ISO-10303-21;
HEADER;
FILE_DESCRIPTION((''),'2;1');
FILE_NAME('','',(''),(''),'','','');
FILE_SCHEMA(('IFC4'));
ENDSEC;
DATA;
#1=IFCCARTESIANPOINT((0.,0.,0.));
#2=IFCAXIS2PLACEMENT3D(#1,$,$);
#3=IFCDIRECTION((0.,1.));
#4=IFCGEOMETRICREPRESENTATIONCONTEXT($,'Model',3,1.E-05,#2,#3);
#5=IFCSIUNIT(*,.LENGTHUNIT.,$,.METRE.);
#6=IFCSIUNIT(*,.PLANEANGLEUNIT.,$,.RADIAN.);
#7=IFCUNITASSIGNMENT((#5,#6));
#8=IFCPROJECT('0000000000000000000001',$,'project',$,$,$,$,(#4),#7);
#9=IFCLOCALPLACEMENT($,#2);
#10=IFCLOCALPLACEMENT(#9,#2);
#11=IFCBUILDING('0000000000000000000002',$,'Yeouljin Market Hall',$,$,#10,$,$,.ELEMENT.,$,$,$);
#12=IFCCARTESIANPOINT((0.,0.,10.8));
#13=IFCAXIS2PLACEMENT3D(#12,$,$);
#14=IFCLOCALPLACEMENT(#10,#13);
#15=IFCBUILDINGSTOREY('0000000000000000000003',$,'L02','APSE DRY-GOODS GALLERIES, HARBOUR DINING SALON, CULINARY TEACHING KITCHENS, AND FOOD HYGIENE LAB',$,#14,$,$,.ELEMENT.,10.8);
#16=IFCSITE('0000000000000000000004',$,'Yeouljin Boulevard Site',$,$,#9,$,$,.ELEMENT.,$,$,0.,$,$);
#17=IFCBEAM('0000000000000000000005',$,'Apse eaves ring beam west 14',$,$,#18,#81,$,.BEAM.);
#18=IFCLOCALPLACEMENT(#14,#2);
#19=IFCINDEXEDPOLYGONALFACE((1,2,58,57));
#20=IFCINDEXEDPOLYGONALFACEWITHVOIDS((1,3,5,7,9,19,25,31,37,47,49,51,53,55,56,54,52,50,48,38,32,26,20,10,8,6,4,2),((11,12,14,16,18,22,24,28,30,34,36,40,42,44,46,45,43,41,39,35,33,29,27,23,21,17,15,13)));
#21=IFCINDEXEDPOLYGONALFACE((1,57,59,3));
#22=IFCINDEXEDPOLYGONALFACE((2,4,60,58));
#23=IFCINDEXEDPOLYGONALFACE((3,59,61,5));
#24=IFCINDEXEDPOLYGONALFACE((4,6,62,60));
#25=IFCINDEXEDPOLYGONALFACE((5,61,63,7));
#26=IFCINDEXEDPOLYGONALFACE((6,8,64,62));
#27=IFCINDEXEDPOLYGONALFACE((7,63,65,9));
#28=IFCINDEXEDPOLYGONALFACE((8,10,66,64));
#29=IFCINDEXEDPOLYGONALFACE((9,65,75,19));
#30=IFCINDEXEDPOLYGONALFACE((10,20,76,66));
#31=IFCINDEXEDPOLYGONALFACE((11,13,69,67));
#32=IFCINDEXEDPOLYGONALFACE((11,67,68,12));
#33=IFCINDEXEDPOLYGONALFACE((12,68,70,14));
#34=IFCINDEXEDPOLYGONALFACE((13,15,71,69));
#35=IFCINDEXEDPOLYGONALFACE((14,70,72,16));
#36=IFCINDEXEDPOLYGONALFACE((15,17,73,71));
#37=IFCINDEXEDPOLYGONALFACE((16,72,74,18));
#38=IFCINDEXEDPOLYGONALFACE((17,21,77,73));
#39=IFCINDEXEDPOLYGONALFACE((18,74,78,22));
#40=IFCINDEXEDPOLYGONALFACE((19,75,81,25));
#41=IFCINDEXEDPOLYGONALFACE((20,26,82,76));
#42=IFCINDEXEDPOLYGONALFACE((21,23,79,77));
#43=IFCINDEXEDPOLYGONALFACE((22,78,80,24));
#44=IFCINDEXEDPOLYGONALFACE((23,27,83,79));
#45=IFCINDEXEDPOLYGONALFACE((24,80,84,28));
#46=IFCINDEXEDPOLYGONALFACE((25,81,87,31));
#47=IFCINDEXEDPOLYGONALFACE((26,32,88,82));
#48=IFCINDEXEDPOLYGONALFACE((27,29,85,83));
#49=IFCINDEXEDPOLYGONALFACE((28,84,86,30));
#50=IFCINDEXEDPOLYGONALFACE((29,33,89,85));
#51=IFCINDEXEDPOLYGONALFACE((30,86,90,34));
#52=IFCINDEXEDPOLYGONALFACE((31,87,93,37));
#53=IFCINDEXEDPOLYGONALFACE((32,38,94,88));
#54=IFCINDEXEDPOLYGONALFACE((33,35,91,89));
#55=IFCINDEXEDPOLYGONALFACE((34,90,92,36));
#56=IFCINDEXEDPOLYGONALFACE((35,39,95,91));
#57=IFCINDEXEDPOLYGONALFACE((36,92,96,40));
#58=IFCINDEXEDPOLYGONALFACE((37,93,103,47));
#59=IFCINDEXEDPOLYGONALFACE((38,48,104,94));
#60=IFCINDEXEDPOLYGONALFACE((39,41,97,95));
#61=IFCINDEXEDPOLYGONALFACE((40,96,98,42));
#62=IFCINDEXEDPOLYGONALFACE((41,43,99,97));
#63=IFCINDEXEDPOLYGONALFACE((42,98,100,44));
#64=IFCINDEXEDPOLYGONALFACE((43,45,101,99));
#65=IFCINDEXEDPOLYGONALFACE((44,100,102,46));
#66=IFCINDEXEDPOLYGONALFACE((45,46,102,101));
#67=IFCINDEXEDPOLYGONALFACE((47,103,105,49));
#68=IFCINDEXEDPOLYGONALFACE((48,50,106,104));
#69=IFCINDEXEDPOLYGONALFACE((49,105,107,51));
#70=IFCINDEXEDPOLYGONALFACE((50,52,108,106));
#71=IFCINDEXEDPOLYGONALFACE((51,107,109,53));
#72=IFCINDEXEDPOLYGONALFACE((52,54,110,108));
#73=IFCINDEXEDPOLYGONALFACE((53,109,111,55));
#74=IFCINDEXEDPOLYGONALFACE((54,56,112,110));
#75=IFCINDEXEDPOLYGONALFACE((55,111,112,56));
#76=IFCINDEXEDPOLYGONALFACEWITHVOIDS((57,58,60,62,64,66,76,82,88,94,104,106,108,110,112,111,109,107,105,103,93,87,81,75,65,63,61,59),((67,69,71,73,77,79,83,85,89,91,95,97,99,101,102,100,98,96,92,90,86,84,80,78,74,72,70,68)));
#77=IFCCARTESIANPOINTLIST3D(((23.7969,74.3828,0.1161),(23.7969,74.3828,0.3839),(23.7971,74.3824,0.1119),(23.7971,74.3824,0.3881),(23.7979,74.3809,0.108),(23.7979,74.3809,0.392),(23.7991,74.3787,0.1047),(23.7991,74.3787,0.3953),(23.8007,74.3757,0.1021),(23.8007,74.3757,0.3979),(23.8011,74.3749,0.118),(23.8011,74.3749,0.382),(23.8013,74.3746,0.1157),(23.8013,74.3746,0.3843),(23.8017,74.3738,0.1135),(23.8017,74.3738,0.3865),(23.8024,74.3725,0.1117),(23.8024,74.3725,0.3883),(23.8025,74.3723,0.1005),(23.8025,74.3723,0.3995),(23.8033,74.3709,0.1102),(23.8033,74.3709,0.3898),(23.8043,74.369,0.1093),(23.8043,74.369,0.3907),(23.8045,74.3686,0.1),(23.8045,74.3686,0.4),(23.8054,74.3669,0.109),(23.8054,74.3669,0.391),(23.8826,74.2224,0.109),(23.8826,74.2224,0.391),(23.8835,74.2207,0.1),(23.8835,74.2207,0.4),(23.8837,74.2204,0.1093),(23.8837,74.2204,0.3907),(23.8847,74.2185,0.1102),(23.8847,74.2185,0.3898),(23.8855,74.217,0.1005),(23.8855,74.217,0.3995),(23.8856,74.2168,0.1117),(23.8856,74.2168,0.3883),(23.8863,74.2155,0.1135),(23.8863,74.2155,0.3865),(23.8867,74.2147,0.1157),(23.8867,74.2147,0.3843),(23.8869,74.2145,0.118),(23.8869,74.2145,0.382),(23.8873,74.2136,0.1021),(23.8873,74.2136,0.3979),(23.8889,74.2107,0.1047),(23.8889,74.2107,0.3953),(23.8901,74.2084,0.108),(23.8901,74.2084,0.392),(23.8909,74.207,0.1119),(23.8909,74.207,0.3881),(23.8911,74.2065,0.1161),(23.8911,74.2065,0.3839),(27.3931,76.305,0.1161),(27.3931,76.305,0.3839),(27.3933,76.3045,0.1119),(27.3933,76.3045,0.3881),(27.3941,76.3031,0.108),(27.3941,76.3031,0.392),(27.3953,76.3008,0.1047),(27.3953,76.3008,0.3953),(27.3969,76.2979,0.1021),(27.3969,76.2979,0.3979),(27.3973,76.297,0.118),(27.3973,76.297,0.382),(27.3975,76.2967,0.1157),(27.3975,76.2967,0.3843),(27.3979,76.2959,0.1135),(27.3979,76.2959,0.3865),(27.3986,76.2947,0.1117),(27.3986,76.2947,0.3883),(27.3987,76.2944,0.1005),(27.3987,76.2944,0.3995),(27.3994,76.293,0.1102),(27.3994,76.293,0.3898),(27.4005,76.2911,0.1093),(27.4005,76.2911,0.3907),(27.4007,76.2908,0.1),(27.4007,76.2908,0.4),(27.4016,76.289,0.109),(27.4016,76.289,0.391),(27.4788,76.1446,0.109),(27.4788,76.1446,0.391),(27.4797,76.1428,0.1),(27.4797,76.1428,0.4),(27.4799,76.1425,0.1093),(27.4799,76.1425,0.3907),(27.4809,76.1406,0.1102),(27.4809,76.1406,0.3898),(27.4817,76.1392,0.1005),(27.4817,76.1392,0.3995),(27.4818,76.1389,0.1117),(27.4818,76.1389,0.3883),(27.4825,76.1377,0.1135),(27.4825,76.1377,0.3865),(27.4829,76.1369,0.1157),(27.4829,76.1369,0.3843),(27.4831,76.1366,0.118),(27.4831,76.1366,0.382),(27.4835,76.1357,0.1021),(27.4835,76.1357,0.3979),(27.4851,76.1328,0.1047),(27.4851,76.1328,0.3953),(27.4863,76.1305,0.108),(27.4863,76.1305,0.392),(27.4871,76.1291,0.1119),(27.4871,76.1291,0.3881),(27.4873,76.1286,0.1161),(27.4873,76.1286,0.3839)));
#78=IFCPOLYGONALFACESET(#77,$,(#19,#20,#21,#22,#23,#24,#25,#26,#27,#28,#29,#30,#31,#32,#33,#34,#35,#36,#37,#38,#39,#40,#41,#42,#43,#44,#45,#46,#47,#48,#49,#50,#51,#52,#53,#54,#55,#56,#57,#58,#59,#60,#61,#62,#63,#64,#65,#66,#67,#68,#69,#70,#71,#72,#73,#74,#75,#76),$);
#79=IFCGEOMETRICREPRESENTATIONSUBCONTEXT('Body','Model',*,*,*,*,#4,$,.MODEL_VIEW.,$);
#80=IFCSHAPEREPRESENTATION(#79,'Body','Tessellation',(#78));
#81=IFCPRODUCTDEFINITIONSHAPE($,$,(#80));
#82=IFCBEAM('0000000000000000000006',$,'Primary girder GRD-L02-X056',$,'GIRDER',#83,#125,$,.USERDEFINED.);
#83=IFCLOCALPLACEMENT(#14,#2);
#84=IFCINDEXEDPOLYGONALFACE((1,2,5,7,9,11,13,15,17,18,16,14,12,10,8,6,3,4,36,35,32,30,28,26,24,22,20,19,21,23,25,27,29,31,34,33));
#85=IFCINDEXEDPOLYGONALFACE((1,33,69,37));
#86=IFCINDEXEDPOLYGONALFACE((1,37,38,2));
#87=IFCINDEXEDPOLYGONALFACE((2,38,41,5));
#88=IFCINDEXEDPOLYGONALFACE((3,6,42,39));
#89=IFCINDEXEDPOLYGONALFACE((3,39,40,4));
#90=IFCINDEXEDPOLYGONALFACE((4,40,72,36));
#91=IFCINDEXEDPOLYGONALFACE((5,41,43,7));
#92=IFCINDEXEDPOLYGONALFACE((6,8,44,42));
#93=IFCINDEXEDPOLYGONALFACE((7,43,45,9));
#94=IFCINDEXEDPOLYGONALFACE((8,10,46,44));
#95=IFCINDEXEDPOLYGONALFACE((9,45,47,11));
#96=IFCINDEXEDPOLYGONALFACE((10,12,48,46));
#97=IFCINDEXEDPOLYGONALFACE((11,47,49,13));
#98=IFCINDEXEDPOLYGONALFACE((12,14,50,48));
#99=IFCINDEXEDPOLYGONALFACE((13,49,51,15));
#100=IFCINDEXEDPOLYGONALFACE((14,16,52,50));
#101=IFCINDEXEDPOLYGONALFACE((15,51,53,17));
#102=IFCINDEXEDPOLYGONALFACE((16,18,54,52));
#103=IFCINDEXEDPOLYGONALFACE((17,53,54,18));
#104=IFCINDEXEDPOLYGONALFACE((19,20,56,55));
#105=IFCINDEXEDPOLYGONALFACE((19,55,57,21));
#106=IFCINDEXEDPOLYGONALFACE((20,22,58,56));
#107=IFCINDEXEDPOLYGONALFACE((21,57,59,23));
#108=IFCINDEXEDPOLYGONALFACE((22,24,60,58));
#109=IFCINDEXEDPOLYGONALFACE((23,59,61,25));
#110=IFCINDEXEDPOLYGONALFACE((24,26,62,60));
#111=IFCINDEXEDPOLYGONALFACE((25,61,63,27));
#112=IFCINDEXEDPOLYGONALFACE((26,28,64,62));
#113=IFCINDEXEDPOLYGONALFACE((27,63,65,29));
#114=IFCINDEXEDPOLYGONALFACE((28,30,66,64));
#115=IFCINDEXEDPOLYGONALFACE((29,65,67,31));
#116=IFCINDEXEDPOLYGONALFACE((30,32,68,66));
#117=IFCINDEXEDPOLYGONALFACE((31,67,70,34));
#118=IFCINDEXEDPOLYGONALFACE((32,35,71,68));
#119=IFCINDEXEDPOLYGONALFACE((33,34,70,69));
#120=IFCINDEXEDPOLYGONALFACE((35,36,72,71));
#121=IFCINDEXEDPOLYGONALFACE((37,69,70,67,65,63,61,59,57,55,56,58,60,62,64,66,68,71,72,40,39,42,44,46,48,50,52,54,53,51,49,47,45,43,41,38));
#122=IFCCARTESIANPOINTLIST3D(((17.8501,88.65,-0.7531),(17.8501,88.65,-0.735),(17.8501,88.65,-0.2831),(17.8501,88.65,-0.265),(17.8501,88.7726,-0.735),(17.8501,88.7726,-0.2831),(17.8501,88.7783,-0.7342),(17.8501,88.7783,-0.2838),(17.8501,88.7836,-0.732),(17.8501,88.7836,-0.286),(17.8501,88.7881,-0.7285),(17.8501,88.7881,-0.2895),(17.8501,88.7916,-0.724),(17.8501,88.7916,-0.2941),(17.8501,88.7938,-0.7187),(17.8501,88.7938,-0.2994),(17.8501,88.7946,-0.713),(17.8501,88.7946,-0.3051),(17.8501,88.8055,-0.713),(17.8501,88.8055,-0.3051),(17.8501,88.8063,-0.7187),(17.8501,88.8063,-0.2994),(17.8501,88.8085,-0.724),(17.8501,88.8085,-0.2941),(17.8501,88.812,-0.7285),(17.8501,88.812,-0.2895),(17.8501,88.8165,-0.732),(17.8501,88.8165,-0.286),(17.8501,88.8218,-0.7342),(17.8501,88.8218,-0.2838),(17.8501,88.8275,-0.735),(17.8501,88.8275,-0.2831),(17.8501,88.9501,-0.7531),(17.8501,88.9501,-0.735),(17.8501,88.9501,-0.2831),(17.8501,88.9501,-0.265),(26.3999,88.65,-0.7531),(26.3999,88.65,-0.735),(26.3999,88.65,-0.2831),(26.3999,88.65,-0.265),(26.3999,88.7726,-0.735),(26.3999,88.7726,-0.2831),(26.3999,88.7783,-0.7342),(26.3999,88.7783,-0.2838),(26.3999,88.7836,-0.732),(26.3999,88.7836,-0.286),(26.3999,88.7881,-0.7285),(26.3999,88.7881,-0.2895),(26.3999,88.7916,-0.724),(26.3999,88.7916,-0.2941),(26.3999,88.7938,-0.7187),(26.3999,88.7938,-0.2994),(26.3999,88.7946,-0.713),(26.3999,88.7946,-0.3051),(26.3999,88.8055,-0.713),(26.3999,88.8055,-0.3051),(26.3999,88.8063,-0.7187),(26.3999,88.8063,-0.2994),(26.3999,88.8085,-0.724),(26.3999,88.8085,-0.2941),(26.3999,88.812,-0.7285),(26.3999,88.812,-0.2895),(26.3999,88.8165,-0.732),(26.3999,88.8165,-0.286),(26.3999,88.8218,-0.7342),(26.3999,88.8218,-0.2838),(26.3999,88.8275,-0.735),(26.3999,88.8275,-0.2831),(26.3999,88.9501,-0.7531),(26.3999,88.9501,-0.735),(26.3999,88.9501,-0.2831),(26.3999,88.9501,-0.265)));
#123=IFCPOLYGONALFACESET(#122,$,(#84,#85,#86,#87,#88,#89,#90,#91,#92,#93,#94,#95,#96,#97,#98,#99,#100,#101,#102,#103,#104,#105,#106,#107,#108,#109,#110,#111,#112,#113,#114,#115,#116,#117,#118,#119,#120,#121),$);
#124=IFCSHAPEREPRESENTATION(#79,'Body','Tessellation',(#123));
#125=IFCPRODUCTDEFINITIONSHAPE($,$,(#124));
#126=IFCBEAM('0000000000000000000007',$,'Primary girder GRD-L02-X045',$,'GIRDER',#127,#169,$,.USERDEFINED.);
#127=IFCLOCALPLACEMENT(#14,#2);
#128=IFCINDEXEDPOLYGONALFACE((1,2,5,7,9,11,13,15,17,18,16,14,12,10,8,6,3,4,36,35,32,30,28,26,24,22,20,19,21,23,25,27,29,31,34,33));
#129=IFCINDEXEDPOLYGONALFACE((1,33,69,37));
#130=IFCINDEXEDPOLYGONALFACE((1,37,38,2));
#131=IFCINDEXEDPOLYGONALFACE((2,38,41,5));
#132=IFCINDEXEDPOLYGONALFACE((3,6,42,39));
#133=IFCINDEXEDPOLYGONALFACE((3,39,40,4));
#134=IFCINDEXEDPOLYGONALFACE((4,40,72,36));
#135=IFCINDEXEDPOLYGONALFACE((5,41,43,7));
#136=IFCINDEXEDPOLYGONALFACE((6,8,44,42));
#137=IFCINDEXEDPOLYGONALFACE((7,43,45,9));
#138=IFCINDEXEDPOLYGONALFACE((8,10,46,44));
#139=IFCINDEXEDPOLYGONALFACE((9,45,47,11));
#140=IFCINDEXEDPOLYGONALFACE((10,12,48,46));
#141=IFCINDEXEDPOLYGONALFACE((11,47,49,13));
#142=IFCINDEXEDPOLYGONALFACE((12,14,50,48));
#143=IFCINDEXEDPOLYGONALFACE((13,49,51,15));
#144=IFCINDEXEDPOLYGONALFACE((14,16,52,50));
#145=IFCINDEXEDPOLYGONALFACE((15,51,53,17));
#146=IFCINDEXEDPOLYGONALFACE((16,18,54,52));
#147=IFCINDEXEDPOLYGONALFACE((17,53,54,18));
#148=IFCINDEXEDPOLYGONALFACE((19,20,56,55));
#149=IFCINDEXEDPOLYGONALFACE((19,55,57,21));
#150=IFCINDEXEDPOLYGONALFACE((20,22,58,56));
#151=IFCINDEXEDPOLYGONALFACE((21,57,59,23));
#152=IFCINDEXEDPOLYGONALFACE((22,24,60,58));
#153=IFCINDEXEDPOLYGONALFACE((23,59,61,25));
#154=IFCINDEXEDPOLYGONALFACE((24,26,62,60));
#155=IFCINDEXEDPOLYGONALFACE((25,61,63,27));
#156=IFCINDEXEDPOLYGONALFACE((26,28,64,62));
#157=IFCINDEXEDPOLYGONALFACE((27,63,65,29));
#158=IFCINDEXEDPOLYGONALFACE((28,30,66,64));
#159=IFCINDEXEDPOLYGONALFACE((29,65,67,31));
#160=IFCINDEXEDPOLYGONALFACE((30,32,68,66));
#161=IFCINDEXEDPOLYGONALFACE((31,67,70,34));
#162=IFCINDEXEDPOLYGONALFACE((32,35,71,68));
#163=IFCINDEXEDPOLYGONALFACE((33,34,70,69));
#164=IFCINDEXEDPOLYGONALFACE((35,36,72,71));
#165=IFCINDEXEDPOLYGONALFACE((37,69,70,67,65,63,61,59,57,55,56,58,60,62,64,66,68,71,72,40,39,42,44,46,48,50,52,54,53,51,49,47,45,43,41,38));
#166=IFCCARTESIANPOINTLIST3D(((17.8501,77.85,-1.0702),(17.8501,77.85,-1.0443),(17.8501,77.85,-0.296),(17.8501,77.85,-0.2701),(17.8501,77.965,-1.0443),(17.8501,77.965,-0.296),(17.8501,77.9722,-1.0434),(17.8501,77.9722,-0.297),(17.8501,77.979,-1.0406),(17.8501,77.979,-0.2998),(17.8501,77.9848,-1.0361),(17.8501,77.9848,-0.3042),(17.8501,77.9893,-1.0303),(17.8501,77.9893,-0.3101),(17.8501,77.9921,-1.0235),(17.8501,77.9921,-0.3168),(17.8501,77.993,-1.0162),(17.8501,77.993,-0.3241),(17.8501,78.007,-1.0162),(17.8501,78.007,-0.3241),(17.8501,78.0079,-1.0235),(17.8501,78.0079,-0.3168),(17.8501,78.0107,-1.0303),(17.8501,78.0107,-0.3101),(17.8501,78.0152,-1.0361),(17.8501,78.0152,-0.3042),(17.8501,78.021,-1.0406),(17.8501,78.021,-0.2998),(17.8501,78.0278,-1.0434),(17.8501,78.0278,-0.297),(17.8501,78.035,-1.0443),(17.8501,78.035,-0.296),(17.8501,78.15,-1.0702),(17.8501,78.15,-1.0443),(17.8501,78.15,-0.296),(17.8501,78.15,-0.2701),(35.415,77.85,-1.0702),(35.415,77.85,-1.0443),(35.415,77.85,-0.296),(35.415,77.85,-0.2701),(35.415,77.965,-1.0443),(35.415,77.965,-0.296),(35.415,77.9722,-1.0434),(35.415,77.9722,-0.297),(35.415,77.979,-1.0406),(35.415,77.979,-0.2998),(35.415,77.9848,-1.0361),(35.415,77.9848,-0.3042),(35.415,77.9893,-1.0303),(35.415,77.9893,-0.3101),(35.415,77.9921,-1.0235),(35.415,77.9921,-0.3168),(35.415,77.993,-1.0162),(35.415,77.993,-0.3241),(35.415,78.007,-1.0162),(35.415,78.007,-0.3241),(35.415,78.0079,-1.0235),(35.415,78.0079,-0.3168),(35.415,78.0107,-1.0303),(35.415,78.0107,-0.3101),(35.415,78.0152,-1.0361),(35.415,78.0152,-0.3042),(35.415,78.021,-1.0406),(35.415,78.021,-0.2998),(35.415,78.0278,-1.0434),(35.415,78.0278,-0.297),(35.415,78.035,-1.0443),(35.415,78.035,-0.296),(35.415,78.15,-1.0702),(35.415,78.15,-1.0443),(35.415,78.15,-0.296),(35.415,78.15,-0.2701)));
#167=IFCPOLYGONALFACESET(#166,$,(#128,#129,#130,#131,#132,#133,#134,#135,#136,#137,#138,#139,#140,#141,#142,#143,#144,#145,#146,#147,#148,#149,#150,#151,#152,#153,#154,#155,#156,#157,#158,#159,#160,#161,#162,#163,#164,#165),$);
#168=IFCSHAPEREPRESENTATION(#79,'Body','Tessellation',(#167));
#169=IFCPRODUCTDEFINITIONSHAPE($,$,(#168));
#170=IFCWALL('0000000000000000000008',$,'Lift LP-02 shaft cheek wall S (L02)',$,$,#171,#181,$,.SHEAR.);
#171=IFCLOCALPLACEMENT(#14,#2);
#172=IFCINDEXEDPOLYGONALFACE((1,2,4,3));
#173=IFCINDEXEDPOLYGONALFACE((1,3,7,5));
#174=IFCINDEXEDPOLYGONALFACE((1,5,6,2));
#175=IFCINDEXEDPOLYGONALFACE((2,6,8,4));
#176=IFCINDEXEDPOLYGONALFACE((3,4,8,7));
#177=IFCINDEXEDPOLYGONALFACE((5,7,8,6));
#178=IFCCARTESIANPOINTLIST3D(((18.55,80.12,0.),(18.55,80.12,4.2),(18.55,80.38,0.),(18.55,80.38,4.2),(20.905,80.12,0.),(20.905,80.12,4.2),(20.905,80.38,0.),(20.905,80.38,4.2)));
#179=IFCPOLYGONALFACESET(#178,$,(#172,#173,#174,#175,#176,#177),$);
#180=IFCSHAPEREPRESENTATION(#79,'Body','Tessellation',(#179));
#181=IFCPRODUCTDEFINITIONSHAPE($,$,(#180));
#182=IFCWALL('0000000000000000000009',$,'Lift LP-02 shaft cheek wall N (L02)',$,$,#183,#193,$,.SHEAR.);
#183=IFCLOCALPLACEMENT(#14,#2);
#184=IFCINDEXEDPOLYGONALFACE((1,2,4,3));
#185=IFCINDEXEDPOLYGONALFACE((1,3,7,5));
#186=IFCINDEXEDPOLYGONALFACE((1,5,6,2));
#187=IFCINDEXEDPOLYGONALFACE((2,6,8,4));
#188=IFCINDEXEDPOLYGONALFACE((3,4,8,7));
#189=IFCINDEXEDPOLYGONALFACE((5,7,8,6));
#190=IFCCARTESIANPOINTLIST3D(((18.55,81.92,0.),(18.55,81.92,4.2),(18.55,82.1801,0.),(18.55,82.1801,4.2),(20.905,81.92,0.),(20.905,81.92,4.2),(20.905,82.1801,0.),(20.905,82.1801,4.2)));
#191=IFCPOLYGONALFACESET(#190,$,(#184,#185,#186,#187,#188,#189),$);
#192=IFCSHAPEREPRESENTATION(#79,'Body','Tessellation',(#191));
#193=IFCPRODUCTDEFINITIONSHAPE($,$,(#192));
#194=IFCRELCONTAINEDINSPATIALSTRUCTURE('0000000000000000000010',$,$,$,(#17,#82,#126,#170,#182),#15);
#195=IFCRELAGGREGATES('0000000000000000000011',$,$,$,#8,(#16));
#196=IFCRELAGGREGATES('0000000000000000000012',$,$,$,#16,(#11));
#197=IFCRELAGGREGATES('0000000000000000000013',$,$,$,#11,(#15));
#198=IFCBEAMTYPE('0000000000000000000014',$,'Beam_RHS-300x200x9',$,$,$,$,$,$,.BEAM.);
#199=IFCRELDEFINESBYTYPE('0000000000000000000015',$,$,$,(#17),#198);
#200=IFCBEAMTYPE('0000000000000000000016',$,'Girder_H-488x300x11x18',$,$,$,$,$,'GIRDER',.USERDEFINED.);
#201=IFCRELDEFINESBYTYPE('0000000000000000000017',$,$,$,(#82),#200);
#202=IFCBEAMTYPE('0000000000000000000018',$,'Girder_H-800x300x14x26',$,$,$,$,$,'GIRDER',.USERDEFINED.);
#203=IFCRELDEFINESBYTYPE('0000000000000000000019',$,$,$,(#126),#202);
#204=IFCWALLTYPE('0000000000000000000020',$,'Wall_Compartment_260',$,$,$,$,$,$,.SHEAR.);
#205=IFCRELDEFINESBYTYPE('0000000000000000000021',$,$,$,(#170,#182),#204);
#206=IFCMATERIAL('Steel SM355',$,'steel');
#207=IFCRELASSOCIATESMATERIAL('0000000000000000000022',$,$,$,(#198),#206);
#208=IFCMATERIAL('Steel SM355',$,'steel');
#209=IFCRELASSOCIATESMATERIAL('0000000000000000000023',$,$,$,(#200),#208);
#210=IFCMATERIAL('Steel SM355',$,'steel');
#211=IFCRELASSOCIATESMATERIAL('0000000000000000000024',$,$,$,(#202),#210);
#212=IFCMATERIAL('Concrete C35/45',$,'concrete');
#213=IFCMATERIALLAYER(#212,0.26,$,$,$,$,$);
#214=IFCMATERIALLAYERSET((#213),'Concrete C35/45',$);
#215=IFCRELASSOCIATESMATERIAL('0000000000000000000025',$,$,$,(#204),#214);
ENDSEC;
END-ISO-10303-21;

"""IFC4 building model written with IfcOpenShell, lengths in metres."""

from ifc_helpers import new_model, si_unit, direction, frame, frame_2d, origin, origin_2d, place, context, subcontext, project, spatial, rectangle, hollow_rectangle, i_section, extrude, material, layer, layer_set, material_profile, profile_set, type_object, element, save


model = new_model("IFC4")

# Units and contexts
model_context = context("Model", 3, precision=1e-05, world=origin(), true_north=direction((0.0, 1.0)))
body_context = subcontext(model_context, "Body", "Model", "MODEL_VIEW")
ifc_project = project(units=[si_unit("LENGTHUNIT", "METRE"), si_unit("PLANEANGLEUNIT", "RADIAN")], contexts=[model_context])

# Site, building, storey
site_placement = place(None, origin())
site = spatial("IfcSite", under=ifc_project, at=site_placement, Name="Yeouljin Boulevard Site", CompositionType="ELEMENT", RefElevation=0.0)
building_placement = place(site_placement, origin())
building = spatial("IfcBuilding", under=site, at=building_placement, Name="Yeouljin Market Hall", CompositionType="ELEMENT")
storey_placement = place(building_placement, frame((0.0, 0.0, 10.8)))
storey = spatial("IfcBuildingStorey", under=building, at=storey_placement, Name="L02", Description="APSE DRY-GOODS GALLERIES, HARBOUR DINING SALON, CULINARY TEACHING KITCHENS, AND FOOD HYGIENE LAB", CompositionType="ELEMENT", Elevation=10.8)

# Beams
ifc_material_1 = material(Name="Steel SM355", Category="steel")
ifc_material_profile_1 = material_profile(ifc_material_1, hollow_rectangle(XDim=0.2, YDim=0.3, WallThickness=0.009, InnerFilletRadius=0.009, OuterFilletRadius=0.0161, at=origin_2d()), Name="RHS-300x200x9")
ifc_profile_set_1 = profile_set([ifc_material_profile_1], Name="Steel SM355")
beam_type_1 = type_object("IfcBeamType", Name="Beam_RHS-300x200x9", PredefinedType="BEAM", material=ifc_profile_set_1)
beam_1_placement = place(storey_placement, frame((23.844, 74.2947, 0.25), z_axis=(0.88193, 0.47138, 0.0), x_axis=(-0.47138, 0.88193, 0.0)))
element("IfcBeam", 1, at=beam_1_placement, inside=storey, type_object=beam_type_1, Name="Apse eaves ring beam west 14", PredefinedType="BEAM", context=body_context, shape_type="SweptSolid", body=[
    extrude(hollow_rectangle(XDim=0.2, YDim=0.3, WallThickness=0.009, InnerFilletRadius=0.009, OuterFilletRadius=0.0161, at=origin_2d()), origin(), (0.0, 0.0, 1.0), 4.0776),
])
ifc_material_2 = material(Name="Steel SM355", Category="steel")
ifc_material_profile_2 = material_profile(ifc_material_2, i_section(OverallWidth=0.3, OverallDepth=0.488, WebThickness=0.011, FlangeThickness=0.0181, FilletRadius=0.022, at=origin_2d()), Name="H-488x300x11x18")
ifc_profile_set_2 = profile_set([ifc_material_profile_2], Name="Steel SM355")
beam_type_2 = type_object("IfcBeamType", Name="Girder_H-488x300x11x18", ElementType="GIRDER", PredefinedType="USERDEFINED", material=ifc_profile_set_2)
beam_2_placement = place(storey_placement, frame((17.8501, 88.8, -0.509), z_axis=(1.0, 0.0, 0.0), x_axis=(0.0, 1.0, 0.0)))
element("IfcBeam", 2, at=beam_2_placement, inside=storey, type_object=beam_type_2, Name="Primary girder GRD-L02-X056", ObjectType="GIRDER", PredefinedType="USERDEFINED", context=body_context, shape_type="SweptSolid", body=[
    extrude(i_section(OverallWidth=0.3, OverallDepth=0.488, WebThickness=0.011, FlangeThickness=0.0181, FilletRadius=0.022, at=origin_2d()), origin(), (0.0, 0.0, 1.0), 8.5498),
])
ifc_material_3 = material(Name="Steel SM355", Category="steel")
ifc_material_profile_3 = material_profile(ifc_material_3, i_section(OverallWidth=0.3, OverallDepth=0.8, WebThickness=0.0139, FlangeThickness=0.0259, FilletRadius=0.0281, at=origin_2d()), Name="H-800x300x14x26")
ifc_profile_set_3 = profile_set([ifc_material_profile_3], Name="Steel SM355")
beam_type_3 = type_object("IfcBeamType", Name="Girder_H-800x300x14x26", ElementType="GIRDER", PredefinedType="USERDEFINED", material=ifc_profile_set_3)
beam_3_placement = place(storey_placement, frame((17.8501, 78.0, -0.6702), z_axis=(1.0, 0.0, 0.0), x_axis=(0.0, 1.0, 0.0)))
element("IfcBeam", 3, at=beam_3_placement, inside=storey, type_object=beam_type_3, Name="Primary girder GRD-L02-X045", ObjectType="GIRDER", PredefinedType="USERDEFINED", context=body_context, shape_type="SweptSolid", body=[
    extrude(i_section(OverallWidth=0.3, OverallDepth=0.8, WebThickness=0.0139, FlangeThickness=0.0259, FilletRadius=0.0281, at=origin_2d()), origin(), (0.0, 0.0, 1.0), 17.5649),
])

# Shared definitions
ifc_material_4 = material(Name="Concrete C35/45", Category="concrete")
ifc_layer_1 = layer(ifc_material_4, 0.26)
ifc_layer_set_1 = layer_set([ifc_layer_1], Name="Concrete C35/45")
wall_type_1 = type_object("IfcWallType", Name="Wall_Compartment_260", PredefinedType="SHEAR", material=ifc_layer_set_1)

# Walls
for number, where, z_axis, x_axis, name in (
    (4, (18.55, 80.25, 0.0), (0.0, 0.0, 1.0), (1.0, 0.0, 0.0), "Lift LP-02 shaft cheek wall S (L02)"),
    (5, (18.55, 82.05, 0.0), (0.0, 0.0, 1.0), (1.0, 0.0, 0.0), "Lift LP-02 shaft cheek wall N (L02)"),
):
    element("IfcWall", number, at=place(storey_placement, frame(where, z_axis=z_axis, x_axis=x_axis)), inside=storey, type_object=wall_type_1, Name=name, PredefinedType="SHEAR", context=body_context, shape_type="SweptSolid", body=[
        extrude(rectangle(XDim=2.355, YDim=0.26, at=frame_2d((1.1775, 0.0))), origin(), (0.0, 0.0, 1.0), 4.2),
    ])

save(model, "model.ifc")
